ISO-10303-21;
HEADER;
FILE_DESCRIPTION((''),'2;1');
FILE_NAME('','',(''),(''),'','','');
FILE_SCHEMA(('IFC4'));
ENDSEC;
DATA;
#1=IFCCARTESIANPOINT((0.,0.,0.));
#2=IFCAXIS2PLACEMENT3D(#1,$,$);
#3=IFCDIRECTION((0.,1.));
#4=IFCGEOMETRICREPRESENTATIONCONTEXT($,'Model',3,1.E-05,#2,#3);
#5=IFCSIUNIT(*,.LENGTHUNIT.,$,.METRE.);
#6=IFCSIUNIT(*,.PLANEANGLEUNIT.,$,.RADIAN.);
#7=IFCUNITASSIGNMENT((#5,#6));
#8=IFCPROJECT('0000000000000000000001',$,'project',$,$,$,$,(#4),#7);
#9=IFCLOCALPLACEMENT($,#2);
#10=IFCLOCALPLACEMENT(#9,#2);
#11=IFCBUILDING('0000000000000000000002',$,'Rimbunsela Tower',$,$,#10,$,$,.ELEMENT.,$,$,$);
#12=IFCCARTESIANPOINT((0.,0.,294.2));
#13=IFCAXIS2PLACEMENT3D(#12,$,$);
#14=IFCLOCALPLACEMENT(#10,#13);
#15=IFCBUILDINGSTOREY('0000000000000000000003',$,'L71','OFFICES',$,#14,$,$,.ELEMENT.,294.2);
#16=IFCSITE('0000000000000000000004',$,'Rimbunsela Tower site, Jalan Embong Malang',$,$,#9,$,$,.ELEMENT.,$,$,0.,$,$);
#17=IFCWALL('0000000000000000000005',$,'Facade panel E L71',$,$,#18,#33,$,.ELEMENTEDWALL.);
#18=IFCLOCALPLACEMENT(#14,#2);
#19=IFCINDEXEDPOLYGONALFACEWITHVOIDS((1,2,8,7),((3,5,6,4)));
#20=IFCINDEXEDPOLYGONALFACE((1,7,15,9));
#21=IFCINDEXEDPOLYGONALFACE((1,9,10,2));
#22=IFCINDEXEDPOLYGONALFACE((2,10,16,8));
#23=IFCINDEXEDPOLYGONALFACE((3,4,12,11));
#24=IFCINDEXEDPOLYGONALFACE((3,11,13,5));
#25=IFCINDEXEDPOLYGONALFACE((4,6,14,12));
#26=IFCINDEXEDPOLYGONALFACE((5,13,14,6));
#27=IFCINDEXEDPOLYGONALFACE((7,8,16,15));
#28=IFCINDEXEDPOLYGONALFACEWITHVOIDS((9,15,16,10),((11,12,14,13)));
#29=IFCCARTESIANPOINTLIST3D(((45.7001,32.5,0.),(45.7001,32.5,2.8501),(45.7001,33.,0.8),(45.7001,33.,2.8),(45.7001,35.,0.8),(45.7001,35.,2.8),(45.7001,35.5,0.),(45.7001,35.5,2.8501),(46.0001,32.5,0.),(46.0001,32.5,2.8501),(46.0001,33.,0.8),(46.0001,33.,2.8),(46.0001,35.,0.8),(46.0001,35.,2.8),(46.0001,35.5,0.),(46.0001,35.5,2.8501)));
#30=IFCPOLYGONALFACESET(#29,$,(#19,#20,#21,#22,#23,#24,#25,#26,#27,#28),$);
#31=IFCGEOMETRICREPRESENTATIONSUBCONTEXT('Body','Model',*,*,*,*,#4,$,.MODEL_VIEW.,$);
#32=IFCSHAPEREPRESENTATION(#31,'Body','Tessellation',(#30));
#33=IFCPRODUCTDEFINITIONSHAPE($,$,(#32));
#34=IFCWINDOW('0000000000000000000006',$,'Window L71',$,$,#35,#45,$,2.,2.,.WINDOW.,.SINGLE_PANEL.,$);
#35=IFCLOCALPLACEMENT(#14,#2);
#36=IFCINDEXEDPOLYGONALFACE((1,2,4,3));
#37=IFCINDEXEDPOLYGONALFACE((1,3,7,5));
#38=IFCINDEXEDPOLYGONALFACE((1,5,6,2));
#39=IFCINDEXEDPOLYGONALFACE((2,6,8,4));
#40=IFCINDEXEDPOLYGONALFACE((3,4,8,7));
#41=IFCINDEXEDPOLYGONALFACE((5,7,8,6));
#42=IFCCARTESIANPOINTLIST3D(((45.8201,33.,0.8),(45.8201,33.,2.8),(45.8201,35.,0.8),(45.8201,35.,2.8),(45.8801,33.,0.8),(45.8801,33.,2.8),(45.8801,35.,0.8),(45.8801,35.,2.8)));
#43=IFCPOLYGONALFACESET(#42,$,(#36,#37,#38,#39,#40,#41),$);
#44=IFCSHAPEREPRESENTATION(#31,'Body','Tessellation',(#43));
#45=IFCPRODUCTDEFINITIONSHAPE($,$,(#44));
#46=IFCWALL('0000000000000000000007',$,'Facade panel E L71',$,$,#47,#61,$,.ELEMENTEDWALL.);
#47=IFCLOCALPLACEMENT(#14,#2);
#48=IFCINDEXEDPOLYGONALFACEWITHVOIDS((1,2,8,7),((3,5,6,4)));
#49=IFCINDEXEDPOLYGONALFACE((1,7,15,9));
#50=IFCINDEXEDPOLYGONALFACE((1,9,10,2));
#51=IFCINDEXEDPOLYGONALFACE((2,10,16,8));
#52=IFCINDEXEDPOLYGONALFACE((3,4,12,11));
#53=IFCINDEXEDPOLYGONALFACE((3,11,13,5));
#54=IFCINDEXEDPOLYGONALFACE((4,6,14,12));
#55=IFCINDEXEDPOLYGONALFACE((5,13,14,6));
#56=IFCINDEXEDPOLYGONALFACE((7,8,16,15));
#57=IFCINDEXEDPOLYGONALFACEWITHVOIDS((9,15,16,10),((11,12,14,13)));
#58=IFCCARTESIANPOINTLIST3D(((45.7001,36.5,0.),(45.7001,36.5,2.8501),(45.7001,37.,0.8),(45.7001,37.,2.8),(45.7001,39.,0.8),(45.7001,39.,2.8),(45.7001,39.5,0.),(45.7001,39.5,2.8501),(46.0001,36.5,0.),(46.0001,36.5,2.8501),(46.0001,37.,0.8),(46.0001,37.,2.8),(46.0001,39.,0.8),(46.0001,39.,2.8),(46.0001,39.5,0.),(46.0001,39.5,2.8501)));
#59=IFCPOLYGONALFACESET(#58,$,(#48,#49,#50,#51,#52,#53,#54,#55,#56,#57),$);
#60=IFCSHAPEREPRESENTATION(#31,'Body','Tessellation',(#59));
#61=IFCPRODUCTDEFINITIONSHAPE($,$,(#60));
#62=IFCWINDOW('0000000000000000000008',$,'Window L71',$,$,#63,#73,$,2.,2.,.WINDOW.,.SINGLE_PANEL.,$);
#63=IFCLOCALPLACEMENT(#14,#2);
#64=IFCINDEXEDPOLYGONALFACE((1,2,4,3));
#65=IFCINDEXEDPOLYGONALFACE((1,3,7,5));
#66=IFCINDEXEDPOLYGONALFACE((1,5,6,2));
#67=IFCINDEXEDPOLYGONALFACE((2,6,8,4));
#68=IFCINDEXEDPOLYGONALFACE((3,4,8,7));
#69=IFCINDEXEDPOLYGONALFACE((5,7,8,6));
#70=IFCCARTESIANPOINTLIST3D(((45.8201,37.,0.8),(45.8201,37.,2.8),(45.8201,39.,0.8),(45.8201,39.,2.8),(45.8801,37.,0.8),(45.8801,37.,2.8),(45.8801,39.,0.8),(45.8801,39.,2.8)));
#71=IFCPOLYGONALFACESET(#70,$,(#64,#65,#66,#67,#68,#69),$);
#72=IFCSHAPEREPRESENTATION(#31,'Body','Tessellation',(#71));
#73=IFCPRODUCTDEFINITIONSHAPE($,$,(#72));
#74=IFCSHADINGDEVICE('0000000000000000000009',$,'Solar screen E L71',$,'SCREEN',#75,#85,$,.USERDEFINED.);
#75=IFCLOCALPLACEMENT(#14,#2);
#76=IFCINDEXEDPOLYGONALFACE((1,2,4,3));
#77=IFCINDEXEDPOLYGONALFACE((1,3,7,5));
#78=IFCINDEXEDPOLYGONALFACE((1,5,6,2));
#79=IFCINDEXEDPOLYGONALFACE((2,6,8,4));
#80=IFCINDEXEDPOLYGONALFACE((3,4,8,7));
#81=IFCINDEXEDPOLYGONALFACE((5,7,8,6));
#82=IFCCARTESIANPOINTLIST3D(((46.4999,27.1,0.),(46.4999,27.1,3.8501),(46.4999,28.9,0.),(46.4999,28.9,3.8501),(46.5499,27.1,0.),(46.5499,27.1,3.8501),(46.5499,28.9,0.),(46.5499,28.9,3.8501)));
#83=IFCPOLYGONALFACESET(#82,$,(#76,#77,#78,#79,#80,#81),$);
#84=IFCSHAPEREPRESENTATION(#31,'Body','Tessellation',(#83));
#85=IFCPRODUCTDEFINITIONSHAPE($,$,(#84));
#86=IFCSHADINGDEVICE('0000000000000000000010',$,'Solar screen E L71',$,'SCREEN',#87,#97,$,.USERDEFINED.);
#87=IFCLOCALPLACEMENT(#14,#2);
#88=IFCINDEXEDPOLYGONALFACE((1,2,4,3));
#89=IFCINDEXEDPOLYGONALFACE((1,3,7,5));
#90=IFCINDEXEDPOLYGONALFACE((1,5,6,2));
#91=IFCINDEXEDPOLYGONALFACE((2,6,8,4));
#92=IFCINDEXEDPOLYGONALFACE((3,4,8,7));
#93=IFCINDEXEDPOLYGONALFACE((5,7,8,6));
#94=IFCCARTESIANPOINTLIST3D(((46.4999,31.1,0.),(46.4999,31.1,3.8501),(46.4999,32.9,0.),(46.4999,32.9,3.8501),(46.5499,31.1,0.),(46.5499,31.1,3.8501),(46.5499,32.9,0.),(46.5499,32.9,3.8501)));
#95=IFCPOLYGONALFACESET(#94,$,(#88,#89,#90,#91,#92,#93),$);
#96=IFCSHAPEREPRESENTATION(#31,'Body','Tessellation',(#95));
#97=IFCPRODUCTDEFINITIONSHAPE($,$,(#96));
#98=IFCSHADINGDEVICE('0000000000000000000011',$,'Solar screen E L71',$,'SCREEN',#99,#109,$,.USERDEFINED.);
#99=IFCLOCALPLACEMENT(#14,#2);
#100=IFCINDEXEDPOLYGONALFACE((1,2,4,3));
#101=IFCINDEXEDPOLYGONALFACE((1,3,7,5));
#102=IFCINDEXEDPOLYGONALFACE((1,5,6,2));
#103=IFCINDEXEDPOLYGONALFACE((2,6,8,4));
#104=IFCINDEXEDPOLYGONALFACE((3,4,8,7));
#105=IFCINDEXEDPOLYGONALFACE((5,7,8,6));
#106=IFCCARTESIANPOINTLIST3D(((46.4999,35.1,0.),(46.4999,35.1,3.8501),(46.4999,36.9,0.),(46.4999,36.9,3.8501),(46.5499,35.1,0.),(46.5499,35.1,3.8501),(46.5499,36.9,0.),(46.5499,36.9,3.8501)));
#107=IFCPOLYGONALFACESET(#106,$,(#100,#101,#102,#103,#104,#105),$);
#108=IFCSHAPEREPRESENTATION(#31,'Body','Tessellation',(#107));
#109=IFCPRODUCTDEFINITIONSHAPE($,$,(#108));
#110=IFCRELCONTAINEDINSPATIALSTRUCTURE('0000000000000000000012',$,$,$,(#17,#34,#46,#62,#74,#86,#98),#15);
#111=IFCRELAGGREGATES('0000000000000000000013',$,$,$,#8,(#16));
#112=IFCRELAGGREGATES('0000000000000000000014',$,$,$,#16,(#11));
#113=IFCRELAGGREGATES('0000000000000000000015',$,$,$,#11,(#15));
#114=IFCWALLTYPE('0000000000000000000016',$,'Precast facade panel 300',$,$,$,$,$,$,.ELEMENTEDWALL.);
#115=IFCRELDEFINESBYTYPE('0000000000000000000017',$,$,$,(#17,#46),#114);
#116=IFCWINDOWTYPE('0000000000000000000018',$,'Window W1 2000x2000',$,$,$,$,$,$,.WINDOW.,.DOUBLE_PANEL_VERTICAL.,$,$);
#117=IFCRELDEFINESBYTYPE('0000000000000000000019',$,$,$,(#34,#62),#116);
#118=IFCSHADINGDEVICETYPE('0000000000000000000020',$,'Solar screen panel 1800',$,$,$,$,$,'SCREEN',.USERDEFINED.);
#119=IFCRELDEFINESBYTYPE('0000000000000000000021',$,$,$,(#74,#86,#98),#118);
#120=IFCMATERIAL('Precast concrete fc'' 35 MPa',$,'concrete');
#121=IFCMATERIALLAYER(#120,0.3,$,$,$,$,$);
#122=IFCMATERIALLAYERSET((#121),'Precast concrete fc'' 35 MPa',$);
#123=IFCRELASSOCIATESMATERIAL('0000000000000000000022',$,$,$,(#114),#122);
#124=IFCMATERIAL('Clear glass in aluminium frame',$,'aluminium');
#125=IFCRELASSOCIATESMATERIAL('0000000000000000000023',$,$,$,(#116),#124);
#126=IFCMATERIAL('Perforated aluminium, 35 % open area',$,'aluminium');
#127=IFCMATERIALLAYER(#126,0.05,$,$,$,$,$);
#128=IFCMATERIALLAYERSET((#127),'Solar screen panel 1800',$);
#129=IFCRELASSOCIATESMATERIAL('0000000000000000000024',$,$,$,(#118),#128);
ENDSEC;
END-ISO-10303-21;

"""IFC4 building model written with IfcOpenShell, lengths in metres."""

from ifc_helpers import new_model, si_unit, direction, frame, frame_2d, origin, origin_2d, place, context, subcontext, project, spatial, rectangle, extrude, material, layer, layer_set, type_object, element, fill, save


model = new_model("IFC4")

# Units and contexts
model_context = context("Model", 3, precision=1e-05, world=origin(), true_north=direction((0.0, 1.0)))
body_context = subcontext(model_context, "Body", "Model", "MODEL_VIEW")
ifc_project = project(units=[si_unit("LENGTHUNIT", "METRE"), si_unit("PLANEANGLEUNIT", "RADIAN")], contexts=[model_context])

# Site, building, storey
site_placement = place(None, origin())
site = spatial("IfcSite", under=ifc_project, at=site_placement, Name="Rimbunsela Tower site, Jalan Embong Malang", CompositionType="ELEMENT", RefElevation=0.0)
building_placement = place(site_placement, origin())
building = spatial("IfcBuilding", under=site, at=building_placement, Name="Rimbunsela Tower", CompositionType="ELEMENT")
storey_placement = place(building_placement, frame((0.0, 0.0, 294.2)))
storey = spatial("IfcBuildingStorey", under=building, at=storey_placement, Name="L71", Description="OFFICES", CompositionType="ELEMENT", Elevation=294.2)

# Walls, openings, windows
ifc_material_1 = material(Name="Precast concrete fc' 35 MPa", Category="concrete")
ifc_layer_1 = layer(ifc_material_1, 0.3)
ifc_layer_set_1 = layer_set([ifc_layer_1], Name="Precast concrete fc' 35 MPa")
wall_type_1 = type_object("IfcWallType", Name="Precast facade panel 300", PredefinedType="ELEMENTEDWALL", material=ifc_layer_set_1)
ifc_material_2 = material(Name="Clear glass in aluminium frame", Category="aluminium")
window_type = type_object("IfcWindowType", Name="Window W1 2000x2000", PartitioningType="DOUBLE_PANEL_VERTICAL", PredefinedType="WINDOW", material=ifc_material_2)
wall_1_placement = place(storey_placement, frame((45.8501, 32.5, 0.0), z_axis=(0.0, 0.0, 1.0), x_axis=(0.0, 1.0, 0.0)))
wall_1 = element("IfcWall", 1, at=wall_1_placement, inside=storey, type_object=wall_type_1, Name="Facade panel E L71", PredefinedType="ELEMENTEDWALL", context=body_context, shape_type="SweptSolid", body=[
    extrude(rectangle(XDim=3.0, YDim=0.3, at=frame_2d((1.5, 0.0))), origin(), (0.0, 0.0, 1.0), 2.8501),
])
opening_1_placement = place(wall_1_placement, frame((0.5, 0.0, 0.8)))
opening_1 = element("IfcOpeningElement", 2, at=opening_1_placement, cuts=wall_1, PredefinedType="OPENING", context=body_context, shape_type="SweptSolid", body=[
    extrude(rectangle(XDim=2.0, YDim=2.0, at=frame_2d((1.0, 1.0))), frame((0.0, 0.1599, 0.0), z_axis=(0.0, -1.0, 0.0), x_axis=(1.0, 0.0, 0.0)), (0.0, 0.0, 1.0), 0.3201),
])
window_1_placement = place(opening_1_placement, origin())
window_1 = element("IfcWindow", 3, at=window_1_placement, inside=storey, type_object=window_type, Name="Window L71", OverallHeight=2.0, OverallWidth=2.0, PartitioningType="SINGLE_PANEL", PredefinedType="WINDOW", context=body_context, shape_type="SweptSolid", body=[
    extrude(rectangle(XDim=2.0, YDim=2.0, at=frame_2d((1.0, 1.0))), frame((0.0, 0.03, 0.0), z_axis=(0.0, -1.0, 0.0), x_axis=(1.0, 0.0, 0.0)), (0.0, 0.0, 1.0), 0.0601),
])
fill(opening_1, window_1)
wall_2_placement = place(storey_placement, frame((45.8501, 36.5, 0.0), z_axis=(0.0, 0.0, 1.0), x_axis=(0.0, 1.0, 0.0)))
wall_2 = element("IfcWall", 4, at=wall_2_placement, inside=storey, type_object=wall_type_1, Name="Facade panel E L71", PredefinedType="ELEMENTEDWALL", context=body_context, shape_type="SweptSolid", body=[
    extrude(rectangle(XDim=3.0, YDim=0.3, at=frame_2d((1.5, 0.0))), origin(), (0.0, 0.0, 1.0), 2.8501),
])
opening_2_placement = place(wall_2_placement, frame((0.5, 0.0, 0.8)))
opening_2 = element("IfcOpeningElement", 5, at=opening_2_placement, cuts=wall_2, PredefinedType="OPENING", context=body_context, shape_type="SweptSolid", body=[
    extrude(rectangle(XDim=2.0, YDim=2.0, at=frame_2d((1.0, 1.0))), frame((0.0, 0.1599, 0.0), z_axis=(0.0, -1.0, 0.0), x_axis=(1.0, 0.0, 0.0)), (0.0, 0.0, 1.0), 0.3201),
])
window_2_placement = place(opening_2_placement, origin())
window_2 = element("IfcWindow", 6, at=window_2_placement, inside=storey, type_object=window_type, Name="Window L71", OverallHeight=2.0, OverallWidth=2.0, PartitioningType="SINGLE_PANEL", PredefinedType="WINDOW", context=body_context, shape_type="SweptSolid", body=[
    extrude(rectangle(XDim=2.0, YDim=2.0, at=frame_2d((1.0, 1.0))), frame((0.0, 0.03, 0.0), z_axis=(0.0, -1.0, 0.0), x_axis=(1.0, 0.0, 0.0)), (0.0, 0.0, 1.0), 0.0601),
])
fill(opening_2, window_2)

# Shading devices
ifc_material_3 = material(Name="Perforated aluminium, 35 % open area", Category="aluminium")
ifc_layer_2 = layer(ifc_material_3, 0.05)
ifc_layer_set_2 = layer_set([ifc_layer_2], Name="Solar screen panel 1800")
shading_device_type = type_object("IfcShadingDeviceType", Name="Solar screen panel 1800", ElementType="SCREEN", PredefinedType="USERDEFINED", material=ifc_layer_set_2)
for number, where, z_axis, x_axis, name in (
    (7, (46.5249, 28.0, 0.0), (0.0, 0.0, 1.0), (0.0, 1.0, 0.0), "Solar screen E L71"),
    (8, (46.5249, 32.0, 0.0), (0.0, 0.0, 1.0), (0.0, 1.0, 0.0), "Solar screen E L71"),
    (9, (46.5249, 36.0, 0.0), (0.0, 0.0, 1.0), (0.0, 1.0, 0.0), "Solar screen E L71"),
):
    element("IfcShadingDevice", number, at=place(storey_placement, frame(where, z_axis=z_axis, x_axis=x_axis)), inside=storey, type_object=shading_device_type, Name=name, ObjectType="SCREEN", PredefinedType="USERDEFINED", context=body_context, shape_type="SweptSolid", body=[
        extrude(rectangle(XDim=1.8, YDim=0.05, at=origin_2d()), origin(), (0.0, 0.0, 1.0), 3.8501),
    ])

save(model, "model.ifc")
